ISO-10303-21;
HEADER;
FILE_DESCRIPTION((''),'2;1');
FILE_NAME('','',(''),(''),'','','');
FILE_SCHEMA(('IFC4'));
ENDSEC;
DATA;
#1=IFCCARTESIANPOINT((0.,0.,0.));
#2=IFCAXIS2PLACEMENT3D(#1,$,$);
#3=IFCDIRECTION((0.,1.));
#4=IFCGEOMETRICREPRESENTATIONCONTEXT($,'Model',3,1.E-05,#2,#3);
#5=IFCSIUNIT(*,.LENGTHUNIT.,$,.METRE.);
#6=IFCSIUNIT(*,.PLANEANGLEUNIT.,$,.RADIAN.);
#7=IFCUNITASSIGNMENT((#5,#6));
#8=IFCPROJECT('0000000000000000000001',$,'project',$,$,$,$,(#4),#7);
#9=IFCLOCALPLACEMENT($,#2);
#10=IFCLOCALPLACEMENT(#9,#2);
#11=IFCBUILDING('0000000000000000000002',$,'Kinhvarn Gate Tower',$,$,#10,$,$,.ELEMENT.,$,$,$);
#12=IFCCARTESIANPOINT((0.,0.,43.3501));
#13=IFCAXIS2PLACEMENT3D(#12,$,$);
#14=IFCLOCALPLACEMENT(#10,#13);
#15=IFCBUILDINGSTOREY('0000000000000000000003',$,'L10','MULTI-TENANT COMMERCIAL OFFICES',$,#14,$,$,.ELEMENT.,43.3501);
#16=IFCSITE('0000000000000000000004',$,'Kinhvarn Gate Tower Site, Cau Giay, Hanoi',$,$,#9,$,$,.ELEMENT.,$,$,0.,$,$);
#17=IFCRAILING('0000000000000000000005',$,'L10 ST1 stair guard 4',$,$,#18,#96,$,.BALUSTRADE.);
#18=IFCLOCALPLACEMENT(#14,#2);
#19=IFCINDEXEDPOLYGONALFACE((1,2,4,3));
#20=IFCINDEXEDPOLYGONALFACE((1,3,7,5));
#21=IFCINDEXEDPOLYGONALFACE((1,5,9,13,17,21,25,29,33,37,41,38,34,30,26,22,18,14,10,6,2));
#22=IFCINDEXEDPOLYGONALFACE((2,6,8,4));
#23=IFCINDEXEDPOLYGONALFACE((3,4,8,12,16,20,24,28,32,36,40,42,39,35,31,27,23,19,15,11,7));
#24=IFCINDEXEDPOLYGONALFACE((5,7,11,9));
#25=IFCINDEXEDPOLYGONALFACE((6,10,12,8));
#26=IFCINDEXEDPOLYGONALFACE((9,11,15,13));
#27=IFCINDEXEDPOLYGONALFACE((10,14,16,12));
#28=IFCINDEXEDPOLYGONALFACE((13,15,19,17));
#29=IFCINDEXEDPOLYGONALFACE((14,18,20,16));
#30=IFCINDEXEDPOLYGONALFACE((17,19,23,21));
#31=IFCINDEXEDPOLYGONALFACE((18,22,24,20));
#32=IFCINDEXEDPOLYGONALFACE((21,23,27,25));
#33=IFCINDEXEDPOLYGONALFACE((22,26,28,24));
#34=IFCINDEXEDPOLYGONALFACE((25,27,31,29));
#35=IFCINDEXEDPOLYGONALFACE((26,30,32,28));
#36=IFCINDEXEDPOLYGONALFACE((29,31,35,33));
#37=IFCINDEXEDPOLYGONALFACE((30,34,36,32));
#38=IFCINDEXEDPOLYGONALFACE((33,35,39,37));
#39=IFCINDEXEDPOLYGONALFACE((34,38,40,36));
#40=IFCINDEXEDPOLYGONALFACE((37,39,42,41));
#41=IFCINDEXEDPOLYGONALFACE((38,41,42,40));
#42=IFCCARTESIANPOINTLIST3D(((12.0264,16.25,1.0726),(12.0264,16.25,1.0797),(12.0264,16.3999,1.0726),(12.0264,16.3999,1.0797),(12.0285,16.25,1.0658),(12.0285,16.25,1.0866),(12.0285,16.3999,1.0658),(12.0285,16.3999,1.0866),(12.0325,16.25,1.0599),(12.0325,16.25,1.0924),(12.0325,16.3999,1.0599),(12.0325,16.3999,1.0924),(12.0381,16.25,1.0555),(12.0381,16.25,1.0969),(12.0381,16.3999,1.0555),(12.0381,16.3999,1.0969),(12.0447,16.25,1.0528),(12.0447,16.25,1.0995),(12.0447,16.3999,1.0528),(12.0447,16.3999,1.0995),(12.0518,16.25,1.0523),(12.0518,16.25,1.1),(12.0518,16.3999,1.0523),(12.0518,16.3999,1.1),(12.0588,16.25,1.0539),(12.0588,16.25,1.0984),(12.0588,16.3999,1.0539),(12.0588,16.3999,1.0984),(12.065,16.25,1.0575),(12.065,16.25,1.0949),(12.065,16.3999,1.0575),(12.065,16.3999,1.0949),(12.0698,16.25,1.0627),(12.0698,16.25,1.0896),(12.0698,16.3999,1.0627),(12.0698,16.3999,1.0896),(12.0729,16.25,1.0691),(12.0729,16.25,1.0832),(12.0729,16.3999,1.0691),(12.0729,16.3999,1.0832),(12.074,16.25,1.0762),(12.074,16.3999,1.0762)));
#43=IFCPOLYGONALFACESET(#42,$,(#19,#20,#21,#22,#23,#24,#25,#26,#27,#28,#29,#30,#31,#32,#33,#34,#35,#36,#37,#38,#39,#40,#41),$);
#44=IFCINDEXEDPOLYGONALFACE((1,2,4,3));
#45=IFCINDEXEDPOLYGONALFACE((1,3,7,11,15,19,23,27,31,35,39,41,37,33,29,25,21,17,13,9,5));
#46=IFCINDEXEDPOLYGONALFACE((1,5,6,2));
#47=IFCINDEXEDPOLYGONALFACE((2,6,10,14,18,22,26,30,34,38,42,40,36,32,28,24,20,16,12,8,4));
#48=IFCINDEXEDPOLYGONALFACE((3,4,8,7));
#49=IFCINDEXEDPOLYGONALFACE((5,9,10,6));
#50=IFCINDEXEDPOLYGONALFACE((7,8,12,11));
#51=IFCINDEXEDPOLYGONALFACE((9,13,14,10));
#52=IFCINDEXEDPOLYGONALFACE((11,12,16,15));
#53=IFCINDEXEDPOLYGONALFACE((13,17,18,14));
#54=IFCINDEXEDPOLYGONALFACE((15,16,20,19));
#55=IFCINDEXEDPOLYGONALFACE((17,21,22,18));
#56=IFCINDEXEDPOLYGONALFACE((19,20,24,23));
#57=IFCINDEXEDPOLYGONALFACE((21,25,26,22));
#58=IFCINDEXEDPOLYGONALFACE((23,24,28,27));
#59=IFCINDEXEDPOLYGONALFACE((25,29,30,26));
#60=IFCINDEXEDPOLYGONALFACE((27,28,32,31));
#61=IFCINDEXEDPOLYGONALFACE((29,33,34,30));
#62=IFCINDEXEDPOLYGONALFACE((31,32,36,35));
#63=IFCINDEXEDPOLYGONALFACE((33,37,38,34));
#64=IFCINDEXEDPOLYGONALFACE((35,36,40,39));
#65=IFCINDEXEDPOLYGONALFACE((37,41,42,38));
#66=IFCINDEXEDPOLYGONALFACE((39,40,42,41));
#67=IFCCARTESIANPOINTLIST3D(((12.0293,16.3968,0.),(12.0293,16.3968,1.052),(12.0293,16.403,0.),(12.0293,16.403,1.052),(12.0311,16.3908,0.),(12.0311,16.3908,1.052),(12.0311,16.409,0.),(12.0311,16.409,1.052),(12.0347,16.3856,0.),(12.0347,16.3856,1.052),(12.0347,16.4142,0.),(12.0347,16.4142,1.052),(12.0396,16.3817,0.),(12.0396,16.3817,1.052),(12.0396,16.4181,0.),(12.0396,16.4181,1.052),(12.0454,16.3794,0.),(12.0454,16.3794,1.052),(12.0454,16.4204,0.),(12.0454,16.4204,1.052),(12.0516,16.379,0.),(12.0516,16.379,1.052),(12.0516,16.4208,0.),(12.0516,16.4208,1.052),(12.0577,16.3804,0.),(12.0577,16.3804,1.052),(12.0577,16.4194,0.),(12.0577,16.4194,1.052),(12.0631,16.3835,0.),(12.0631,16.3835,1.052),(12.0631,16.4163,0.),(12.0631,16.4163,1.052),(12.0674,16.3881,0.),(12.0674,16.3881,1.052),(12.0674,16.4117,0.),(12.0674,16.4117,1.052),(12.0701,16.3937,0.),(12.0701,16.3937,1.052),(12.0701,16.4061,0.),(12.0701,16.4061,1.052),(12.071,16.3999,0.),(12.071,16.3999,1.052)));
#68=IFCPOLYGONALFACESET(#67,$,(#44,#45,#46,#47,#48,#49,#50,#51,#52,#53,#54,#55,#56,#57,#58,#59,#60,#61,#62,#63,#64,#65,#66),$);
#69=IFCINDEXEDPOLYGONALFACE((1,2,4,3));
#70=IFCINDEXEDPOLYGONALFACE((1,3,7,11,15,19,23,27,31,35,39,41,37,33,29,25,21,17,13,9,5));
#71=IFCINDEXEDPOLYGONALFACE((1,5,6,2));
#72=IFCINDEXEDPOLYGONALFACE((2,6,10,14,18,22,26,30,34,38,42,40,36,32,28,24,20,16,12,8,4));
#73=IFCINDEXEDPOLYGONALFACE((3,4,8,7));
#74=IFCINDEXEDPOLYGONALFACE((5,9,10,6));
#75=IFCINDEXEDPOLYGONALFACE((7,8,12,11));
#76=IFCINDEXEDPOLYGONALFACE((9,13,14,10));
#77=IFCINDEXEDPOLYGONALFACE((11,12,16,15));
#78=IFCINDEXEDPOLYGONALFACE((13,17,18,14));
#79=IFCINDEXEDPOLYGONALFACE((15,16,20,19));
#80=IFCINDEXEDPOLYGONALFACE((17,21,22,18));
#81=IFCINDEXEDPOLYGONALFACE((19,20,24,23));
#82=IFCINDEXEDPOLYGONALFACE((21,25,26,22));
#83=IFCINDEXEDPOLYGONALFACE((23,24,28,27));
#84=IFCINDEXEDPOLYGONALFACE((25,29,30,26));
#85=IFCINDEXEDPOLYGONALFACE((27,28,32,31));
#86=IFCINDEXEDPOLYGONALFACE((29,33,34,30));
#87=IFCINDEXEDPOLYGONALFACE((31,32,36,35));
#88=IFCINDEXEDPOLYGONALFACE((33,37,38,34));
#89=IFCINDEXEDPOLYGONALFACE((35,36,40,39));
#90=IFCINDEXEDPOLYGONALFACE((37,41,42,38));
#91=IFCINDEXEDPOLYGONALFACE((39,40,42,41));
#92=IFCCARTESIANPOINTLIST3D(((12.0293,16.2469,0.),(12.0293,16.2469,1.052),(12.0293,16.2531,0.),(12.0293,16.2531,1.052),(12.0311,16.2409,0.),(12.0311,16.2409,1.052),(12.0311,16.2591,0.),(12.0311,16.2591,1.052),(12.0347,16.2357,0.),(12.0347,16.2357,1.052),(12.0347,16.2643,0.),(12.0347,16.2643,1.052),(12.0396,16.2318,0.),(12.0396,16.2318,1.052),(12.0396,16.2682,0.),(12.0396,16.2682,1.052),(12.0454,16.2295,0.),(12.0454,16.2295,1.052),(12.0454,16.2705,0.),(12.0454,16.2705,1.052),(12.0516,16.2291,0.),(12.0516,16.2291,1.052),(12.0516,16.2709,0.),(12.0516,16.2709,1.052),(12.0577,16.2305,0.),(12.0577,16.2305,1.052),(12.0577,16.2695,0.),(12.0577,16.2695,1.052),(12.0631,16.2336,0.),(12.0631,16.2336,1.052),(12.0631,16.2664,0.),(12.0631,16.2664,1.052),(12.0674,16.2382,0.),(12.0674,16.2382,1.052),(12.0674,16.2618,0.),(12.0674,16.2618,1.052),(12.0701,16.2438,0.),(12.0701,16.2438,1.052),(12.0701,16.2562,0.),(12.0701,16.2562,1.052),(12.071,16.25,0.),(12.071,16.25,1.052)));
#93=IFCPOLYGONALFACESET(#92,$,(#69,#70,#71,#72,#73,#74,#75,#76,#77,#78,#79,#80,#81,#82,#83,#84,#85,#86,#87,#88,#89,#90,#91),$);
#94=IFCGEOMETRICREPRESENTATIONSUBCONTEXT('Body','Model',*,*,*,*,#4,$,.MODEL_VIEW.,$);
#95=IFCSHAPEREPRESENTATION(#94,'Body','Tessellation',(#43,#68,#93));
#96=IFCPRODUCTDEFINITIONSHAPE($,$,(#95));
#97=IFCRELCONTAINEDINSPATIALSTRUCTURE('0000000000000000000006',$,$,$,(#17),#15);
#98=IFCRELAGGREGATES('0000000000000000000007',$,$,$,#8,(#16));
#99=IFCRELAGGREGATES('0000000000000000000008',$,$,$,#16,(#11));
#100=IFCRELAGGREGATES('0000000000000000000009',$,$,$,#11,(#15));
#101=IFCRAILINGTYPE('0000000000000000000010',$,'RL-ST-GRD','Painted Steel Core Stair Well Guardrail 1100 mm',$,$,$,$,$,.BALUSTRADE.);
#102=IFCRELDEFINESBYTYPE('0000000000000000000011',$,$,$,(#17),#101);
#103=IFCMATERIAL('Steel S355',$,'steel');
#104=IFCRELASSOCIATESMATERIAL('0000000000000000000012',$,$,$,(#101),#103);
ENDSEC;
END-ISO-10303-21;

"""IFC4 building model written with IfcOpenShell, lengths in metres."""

from ifc_helpers import new_model, si_unit, direction, frame, origin, origin_2d, place, context, subcontext, project, spatial, circle, extrude, material, type_object, element, save


model = new_model("IFC4")

# Units and contexts
model_context = context("Model", 3, precision=1e-05, world=origin(), true_north=direction((0.0, 1.0)))
body_context = subcontext(model_context, "Body", "Model", "MODEL_VIEW")
ifc_project = project(units=[si_unit("LENGTHUNIT", "METRE"), si_unit("PLANEANGLEUNIT", "RADIAN")], contexts=[model_context])

# Site, building, storey
site_placement = place(None, origin())
site = spatial("IfcSite", under=ifc_project, at=site_placement, Name="Kinhvarn Gate Tower Site, Cau Giay, Hanoi", CompositionType="ELEMENT", RefElevation=0.0)
building_placement = place(site_placement, origin())
building = spatial("IfcBuilding", under=site, at=building_placement, Name="Kinhvarn Gate Tower", CompositionType="ELEMENT")
storey_placement = place(building_placement, frame((0.0, 0.0, 43.3501)))
storey = spatial("IfcBuildingStorey", under=building, at=storey_placement, Name="L10", Description="MULTI-TENANT COMMERCIAL OFFICES", CompositionType="ELEMENT", Elevation=43.3501)

# Shared definitions
ifc_material_1 = material(Name="Steel S355", Category="steel")

# Railing
railing_type_1 = type_object("IfcRailingType", Name="RL-ST-GRD", Description="Painted Steel Core Stair Well Guardrail 1100 mm", PredefinedType="BALUSTRADE", material=ifc_material_1)
railing_1_placement = place(storey_placement, frame((12.05, 16.3999, 0.0)))
element("IfcRailing", 1, at=railing_1_placement, inside=storey, type_object=railing_type_1, Name="L10 ST1 stair guard 4", PredefinedType="BALUSTRADE", context=body_context, shape_type="SweptSolid", body=[
    extrude(circle(Radius=0.0239, at=origin_2d()), frame((0.0, 0.0, 1.0762), z_axis=(0.0, -1.0, 0.0), x_axis=(1.0, 0.0, 0.0)), (0.0, 0.0, 1.0), 0.1499),
    extrude(circle(Radius=0.021, at=origin_2d()), origin(), (0.0, 0.0, 1.0), 1.052),
    extrude(circle(Radius=0.021, at=origin_2d()), frame((0.0, -0.1499, 0.0)), (0.0, 0.0, 1.0), 1.052),
])

save(model, "model.ifc")
